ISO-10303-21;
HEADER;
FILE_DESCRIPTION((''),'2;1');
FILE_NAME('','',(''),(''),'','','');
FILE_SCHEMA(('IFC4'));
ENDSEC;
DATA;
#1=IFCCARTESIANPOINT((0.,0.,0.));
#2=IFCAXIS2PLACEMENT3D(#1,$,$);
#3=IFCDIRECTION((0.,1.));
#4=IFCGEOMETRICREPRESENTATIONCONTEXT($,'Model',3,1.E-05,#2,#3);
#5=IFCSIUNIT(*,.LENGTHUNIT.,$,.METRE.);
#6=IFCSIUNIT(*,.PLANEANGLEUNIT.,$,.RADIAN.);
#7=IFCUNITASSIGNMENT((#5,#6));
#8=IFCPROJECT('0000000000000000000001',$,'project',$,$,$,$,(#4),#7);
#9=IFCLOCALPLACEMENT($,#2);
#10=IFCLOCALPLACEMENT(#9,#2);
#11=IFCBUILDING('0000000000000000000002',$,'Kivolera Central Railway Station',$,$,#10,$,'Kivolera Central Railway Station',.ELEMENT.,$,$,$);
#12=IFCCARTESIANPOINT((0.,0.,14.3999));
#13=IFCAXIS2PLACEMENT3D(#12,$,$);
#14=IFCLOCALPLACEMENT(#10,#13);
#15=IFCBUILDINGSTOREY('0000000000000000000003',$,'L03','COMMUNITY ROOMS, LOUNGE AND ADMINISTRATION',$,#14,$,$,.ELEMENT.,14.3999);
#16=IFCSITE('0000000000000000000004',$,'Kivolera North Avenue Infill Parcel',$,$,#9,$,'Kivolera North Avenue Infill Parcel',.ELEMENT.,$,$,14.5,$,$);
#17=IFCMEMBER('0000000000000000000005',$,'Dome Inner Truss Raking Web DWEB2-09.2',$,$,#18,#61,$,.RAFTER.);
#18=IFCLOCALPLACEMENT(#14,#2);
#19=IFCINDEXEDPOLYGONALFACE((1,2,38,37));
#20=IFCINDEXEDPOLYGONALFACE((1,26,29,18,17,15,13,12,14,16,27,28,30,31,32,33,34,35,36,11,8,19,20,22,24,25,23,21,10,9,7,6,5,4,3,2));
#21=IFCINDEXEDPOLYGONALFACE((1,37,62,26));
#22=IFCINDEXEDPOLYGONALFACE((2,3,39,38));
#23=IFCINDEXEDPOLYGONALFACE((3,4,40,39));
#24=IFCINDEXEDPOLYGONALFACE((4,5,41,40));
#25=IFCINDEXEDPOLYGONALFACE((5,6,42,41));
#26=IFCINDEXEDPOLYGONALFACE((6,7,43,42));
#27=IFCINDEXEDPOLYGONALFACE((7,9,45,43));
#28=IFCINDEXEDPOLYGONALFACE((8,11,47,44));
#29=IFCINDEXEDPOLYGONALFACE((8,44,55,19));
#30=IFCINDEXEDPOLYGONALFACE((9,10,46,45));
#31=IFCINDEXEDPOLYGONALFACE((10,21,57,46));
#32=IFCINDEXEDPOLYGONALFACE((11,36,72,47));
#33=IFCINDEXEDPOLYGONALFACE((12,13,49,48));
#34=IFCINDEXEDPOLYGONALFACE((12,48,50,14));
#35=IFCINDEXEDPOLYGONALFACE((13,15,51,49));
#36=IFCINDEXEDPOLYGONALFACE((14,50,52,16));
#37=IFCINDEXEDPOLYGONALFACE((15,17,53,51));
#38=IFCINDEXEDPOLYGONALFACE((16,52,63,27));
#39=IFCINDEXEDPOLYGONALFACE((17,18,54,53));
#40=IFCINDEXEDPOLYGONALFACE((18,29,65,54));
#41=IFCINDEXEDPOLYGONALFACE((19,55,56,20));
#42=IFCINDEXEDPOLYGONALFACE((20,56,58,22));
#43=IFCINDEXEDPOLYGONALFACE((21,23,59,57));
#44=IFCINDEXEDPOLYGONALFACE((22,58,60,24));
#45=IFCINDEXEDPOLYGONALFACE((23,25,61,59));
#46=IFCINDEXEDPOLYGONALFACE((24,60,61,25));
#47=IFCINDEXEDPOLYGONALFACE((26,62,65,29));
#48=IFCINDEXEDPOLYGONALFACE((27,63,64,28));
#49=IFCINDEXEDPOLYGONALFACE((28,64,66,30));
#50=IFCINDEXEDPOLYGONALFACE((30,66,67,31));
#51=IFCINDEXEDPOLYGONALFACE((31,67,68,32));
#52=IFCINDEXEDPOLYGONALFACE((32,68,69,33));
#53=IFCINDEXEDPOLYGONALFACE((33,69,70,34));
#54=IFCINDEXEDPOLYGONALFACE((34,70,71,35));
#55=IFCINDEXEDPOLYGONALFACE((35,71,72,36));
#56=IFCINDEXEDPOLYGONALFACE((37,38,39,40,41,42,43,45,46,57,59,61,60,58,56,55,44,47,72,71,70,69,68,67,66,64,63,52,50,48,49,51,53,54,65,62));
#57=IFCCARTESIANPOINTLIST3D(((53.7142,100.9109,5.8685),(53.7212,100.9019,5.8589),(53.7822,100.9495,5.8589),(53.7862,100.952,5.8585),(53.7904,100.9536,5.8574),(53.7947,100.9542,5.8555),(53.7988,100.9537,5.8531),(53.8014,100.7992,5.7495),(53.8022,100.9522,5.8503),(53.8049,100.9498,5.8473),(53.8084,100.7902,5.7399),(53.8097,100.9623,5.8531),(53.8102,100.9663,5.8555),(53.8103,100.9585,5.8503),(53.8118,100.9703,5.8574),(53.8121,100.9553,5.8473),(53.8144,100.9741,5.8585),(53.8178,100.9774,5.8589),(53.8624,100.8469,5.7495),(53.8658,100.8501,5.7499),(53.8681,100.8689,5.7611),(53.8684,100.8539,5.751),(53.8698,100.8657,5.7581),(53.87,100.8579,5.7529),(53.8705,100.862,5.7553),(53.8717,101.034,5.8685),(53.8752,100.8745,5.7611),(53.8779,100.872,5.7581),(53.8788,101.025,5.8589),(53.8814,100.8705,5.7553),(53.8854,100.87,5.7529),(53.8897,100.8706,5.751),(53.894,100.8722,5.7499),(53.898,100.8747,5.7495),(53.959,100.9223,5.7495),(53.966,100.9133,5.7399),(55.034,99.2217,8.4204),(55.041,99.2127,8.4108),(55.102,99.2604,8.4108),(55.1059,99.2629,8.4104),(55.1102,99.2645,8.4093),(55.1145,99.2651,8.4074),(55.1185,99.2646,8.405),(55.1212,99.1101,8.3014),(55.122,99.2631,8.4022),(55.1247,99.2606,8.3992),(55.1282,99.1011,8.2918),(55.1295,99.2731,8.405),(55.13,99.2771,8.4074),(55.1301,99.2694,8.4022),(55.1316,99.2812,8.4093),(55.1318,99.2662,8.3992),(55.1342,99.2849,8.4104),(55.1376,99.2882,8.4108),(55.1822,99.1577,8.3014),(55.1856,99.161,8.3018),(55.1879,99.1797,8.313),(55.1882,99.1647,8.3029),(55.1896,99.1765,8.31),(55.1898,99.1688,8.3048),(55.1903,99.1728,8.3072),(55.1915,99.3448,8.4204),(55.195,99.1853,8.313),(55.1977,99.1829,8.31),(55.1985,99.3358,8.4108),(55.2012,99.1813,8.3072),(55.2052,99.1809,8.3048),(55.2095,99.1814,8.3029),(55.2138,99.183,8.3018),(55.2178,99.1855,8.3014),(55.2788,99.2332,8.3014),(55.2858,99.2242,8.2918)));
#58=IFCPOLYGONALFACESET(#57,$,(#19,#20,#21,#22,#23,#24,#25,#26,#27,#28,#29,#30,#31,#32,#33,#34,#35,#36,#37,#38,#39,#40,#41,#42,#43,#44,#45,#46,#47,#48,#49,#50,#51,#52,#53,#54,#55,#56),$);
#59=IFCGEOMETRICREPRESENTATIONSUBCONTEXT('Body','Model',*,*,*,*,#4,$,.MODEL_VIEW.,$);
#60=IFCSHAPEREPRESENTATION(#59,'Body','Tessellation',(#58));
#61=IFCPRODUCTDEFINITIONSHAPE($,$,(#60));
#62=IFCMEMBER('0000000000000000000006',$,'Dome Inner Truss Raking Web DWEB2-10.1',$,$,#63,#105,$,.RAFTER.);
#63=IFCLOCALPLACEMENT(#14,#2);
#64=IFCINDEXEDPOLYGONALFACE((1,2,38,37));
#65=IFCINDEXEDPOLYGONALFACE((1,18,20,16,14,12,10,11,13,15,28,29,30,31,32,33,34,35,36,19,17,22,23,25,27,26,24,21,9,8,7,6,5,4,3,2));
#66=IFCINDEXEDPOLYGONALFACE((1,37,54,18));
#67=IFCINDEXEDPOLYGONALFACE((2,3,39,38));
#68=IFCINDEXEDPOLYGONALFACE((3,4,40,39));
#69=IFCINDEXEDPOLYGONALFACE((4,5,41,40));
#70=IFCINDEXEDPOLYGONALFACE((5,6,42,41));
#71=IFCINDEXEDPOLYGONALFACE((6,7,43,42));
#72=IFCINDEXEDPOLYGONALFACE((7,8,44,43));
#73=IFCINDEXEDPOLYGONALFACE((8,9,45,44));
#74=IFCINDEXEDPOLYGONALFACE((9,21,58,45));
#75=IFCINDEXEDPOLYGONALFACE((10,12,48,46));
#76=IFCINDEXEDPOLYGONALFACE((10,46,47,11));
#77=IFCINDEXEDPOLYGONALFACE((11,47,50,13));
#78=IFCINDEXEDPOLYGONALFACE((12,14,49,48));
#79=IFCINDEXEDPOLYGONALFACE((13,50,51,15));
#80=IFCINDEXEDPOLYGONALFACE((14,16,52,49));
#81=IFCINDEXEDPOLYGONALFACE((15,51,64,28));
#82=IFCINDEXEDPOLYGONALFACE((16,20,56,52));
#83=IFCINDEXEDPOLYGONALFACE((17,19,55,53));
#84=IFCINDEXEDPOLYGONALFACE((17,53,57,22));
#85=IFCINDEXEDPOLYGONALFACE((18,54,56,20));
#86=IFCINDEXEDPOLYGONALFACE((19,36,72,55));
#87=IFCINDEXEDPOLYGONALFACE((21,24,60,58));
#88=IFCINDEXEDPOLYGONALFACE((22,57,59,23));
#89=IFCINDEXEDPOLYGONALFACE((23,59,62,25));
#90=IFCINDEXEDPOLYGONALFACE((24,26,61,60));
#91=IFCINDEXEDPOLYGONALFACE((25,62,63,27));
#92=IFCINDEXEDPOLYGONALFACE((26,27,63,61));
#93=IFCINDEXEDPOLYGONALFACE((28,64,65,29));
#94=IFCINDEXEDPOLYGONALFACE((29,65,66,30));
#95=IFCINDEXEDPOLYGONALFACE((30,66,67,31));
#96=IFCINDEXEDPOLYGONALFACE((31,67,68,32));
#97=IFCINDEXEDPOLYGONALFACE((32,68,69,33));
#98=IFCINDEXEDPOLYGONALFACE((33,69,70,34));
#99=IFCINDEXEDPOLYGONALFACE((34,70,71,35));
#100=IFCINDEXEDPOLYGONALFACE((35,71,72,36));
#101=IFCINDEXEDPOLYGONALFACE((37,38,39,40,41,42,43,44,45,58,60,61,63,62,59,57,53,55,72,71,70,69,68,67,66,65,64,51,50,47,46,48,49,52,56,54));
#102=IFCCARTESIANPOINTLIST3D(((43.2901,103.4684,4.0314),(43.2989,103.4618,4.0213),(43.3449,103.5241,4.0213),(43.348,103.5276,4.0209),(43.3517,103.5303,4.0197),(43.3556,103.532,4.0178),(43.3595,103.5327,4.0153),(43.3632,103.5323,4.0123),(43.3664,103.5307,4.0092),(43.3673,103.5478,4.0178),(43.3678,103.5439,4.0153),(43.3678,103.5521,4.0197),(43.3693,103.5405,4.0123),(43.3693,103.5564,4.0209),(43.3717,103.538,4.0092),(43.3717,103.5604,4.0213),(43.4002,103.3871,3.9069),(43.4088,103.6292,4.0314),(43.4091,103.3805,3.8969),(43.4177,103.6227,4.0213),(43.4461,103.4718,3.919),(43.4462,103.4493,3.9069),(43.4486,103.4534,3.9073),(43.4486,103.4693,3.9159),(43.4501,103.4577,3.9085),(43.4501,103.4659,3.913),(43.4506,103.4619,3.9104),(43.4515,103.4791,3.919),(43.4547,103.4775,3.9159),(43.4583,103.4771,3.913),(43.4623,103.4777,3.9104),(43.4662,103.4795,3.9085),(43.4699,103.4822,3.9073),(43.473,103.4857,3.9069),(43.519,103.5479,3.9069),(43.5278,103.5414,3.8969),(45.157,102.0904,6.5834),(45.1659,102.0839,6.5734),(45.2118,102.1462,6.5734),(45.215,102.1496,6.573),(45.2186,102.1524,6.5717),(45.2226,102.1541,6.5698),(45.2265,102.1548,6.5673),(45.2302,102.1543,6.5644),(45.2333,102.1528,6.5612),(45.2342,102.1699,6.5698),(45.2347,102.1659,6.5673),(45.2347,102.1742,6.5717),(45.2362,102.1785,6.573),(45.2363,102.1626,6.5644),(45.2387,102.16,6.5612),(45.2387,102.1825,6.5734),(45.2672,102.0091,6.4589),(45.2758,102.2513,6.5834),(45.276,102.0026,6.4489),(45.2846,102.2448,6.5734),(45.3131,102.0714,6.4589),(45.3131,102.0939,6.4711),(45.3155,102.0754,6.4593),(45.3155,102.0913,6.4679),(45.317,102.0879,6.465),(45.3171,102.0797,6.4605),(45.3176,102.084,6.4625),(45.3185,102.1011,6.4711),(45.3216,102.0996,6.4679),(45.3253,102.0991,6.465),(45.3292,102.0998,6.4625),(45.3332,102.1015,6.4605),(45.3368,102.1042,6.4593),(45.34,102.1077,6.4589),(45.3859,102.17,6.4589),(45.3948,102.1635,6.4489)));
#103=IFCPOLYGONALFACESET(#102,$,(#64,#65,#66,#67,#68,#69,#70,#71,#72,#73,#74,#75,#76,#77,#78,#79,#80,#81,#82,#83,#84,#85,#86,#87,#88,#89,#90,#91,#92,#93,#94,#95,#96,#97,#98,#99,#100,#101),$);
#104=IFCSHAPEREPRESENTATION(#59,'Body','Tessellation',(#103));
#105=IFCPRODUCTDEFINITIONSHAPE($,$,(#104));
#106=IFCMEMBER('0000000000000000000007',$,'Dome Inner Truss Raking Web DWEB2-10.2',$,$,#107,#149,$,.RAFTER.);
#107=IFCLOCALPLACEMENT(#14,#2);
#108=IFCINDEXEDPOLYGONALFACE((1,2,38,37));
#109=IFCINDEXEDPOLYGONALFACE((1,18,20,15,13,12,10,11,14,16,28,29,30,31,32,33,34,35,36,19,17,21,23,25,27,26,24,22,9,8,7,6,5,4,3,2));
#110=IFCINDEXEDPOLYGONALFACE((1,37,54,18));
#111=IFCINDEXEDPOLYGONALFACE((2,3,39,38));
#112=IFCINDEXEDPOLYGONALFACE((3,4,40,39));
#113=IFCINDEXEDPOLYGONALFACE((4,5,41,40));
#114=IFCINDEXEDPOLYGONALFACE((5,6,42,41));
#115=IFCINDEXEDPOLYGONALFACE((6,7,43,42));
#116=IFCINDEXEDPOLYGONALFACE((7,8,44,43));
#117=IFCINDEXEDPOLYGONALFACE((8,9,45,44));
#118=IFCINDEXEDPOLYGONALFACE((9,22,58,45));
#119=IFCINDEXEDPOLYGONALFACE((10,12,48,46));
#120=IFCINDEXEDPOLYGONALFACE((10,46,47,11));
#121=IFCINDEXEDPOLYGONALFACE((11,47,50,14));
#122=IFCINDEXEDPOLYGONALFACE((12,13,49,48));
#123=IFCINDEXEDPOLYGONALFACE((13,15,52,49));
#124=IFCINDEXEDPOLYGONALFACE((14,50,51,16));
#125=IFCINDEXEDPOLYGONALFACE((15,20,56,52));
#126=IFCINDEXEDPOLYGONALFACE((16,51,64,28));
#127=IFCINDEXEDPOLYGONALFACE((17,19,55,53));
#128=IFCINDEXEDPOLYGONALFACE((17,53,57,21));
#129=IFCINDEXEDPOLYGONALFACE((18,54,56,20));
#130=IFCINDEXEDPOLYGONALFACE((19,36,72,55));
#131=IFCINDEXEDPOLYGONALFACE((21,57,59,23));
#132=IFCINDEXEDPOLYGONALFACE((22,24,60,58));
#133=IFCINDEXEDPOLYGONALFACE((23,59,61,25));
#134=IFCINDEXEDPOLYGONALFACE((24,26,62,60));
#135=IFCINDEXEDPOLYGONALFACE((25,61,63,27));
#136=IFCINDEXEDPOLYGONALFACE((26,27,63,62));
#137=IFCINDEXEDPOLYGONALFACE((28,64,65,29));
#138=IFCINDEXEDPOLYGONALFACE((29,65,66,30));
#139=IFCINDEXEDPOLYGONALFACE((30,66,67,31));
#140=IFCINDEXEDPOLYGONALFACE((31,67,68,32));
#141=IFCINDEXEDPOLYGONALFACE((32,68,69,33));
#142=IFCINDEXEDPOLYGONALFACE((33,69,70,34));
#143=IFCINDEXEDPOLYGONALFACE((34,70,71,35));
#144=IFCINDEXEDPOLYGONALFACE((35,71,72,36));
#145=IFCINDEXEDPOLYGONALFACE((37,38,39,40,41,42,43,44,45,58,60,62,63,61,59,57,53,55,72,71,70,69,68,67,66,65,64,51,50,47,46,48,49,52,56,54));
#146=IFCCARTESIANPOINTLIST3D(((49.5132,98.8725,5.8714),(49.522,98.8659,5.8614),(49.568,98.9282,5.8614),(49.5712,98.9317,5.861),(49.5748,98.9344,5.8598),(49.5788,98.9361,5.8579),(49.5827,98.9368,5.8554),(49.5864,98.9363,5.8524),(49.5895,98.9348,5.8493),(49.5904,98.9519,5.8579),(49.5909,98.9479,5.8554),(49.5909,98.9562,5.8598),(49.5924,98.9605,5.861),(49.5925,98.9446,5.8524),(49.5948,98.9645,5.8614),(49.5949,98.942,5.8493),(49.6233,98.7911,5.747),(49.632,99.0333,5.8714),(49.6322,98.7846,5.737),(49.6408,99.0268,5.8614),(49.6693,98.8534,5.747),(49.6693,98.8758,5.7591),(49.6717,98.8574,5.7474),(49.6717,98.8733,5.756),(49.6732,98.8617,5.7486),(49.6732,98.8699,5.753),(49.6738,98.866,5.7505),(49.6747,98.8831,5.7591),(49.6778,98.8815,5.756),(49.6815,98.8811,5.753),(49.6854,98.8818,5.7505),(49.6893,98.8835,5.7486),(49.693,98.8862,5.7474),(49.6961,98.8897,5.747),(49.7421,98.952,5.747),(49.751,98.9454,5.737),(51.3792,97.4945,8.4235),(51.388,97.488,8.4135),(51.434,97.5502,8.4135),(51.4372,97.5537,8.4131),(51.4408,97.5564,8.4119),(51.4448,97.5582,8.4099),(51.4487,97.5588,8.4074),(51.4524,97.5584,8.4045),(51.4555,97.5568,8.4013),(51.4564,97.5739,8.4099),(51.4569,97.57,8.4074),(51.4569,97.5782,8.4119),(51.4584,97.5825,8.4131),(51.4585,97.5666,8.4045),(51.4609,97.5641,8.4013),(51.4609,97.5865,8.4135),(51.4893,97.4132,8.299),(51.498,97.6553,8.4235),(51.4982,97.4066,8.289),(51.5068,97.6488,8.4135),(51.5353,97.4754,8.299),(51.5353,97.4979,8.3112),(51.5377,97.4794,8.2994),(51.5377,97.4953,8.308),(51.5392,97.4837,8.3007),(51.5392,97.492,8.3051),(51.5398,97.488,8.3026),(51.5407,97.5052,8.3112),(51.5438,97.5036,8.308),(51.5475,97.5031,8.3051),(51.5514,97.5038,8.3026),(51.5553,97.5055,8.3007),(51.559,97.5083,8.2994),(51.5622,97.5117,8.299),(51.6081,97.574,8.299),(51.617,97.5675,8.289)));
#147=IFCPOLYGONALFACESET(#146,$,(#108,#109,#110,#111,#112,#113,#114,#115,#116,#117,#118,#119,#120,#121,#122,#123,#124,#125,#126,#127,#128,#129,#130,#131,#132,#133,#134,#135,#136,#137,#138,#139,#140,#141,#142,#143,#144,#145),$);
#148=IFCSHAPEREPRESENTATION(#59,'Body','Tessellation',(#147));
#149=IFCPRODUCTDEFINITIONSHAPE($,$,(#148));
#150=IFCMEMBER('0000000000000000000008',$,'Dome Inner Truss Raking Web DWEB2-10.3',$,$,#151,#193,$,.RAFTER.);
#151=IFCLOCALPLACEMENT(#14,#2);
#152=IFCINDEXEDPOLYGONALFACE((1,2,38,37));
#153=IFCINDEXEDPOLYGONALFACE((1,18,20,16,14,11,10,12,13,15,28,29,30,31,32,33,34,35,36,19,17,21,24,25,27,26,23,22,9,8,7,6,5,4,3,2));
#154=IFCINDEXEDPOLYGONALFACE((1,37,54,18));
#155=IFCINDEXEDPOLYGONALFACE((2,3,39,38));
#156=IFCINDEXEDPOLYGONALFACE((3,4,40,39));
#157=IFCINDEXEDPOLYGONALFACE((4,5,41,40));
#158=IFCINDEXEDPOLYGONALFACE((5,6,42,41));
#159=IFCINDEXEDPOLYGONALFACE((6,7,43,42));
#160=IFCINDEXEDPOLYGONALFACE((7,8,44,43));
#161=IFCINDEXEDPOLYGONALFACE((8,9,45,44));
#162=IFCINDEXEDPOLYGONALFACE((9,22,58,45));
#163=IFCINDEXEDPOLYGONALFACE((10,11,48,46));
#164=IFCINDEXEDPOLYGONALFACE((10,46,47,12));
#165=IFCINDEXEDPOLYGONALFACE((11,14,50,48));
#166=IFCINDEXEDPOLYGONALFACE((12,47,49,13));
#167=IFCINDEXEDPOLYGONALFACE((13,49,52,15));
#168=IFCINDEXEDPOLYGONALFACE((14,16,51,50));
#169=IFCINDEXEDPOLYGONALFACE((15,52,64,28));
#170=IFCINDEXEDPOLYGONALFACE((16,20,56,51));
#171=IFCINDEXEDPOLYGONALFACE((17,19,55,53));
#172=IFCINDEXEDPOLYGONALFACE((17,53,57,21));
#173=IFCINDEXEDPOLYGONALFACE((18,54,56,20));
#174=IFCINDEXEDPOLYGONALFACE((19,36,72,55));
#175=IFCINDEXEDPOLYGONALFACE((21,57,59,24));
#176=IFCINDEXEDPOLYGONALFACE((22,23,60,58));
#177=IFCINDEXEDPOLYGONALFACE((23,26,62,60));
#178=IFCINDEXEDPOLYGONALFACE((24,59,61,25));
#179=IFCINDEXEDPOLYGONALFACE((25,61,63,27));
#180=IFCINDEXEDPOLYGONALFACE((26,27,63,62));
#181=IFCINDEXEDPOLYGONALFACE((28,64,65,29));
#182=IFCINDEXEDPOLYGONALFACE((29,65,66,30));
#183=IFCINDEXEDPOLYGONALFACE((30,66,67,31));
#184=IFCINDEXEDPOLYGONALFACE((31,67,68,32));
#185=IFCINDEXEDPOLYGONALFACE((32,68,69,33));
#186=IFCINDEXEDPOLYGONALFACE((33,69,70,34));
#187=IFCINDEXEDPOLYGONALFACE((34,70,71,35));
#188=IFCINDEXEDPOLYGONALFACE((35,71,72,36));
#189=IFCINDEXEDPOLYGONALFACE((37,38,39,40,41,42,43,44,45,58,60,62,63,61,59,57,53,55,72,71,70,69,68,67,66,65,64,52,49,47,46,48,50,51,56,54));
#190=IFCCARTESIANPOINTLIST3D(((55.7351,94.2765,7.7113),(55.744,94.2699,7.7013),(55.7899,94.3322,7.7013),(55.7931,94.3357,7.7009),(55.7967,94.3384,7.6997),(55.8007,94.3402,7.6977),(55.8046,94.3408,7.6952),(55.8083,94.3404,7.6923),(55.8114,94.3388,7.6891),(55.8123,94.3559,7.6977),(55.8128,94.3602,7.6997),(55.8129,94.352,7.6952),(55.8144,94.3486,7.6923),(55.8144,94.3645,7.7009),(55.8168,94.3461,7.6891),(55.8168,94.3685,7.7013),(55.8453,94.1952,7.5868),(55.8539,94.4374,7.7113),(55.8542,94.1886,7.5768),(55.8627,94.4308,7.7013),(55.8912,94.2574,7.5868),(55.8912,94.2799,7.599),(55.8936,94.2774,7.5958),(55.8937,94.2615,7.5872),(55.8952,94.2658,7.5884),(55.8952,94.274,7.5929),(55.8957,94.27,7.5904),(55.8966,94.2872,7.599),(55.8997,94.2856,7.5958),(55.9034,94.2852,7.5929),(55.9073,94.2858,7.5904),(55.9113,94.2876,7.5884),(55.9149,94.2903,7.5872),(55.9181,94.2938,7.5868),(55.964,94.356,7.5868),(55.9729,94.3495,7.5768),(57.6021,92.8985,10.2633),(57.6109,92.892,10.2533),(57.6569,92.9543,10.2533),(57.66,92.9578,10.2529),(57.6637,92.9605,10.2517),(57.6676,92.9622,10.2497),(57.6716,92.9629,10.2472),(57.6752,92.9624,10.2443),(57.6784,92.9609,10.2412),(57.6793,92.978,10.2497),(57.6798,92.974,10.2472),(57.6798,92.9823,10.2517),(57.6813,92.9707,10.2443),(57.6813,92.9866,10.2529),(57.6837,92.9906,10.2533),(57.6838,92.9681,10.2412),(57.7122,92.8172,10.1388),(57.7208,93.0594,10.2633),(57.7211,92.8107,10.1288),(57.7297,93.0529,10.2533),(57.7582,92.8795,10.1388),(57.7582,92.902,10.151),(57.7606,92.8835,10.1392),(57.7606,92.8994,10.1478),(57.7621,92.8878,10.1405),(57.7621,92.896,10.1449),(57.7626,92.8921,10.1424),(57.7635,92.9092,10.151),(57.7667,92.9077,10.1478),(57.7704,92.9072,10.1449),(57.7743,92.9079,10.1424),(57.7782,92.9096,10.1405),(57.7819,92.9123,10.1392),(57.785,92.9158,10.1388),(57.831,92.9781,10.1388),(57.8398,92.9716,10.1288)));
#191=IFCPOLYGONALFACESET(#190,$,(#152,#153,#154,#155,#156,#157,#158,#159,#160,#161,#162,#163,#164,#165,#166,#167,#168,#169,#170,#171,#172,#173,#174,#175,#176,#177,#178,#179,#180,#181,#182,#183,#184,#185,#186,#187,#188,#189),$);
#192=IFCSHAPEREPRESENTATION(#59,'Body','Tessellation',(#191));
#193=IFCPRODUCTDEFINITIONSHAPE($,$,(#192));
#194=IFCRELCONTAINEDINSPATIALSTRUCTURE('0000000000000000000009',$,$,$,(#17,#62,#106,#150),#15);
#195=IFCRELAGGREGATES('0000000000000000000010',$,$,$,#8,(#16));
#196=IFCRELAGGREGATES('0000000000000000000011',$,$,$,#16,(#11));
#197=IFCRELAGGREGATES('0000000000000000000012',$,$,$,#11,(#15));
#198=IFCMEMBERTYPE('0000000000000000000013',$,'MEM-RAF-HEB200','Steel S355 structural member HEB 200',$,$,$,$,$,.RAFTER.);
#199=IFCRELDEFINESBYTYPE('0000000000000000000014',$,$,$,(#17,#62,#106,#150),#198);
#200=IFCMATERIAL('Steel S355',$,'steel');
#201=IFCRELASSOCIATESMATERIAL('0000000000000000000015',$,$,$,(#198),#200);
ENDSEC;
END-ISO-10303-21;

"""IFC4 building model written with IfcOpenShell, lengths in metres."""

from ifc_helpers import new_model, si_unit, direction, frame, origin, origin_2d, place, context, subcontext, project, spatial, i_section, extrude, material, material_profile, profile_set, type_object, element, save


model = new_model("IFC4")

# Units and contexts
model_context = context("Model", 3, precision=1e-05, world=origin(), true_north=direction((0.0, 1.0)))
body_context = subcontext(model_context, "Body", "Model", "MODEL_VIEW")
ifc_project = project(units=[si_unit("LENGTHUNIT", "METRE"), si_unit("PLANEANGLEUNIT", "RADIAN")], contexts=[model_context])

# Site, building, storey
site_placement = place(None, origin())
site = spatial("IfcSite", under=ifc_project, at=site_placement, Name="Kivolera North Avenue Infill Parcel", LongName="Kivolera North Avenue Infill Parcel", CompositionType="ELEMENT", RefElevation=14.5)
building_placement = place(site_placement, origin())
building = spatial("IfcBuilding", under=site, at=building_placement, Name="Kivolera Central Railway Station", LongName="Kivolera Central Railway Station", CompositionType="ELEMENT")
storey_placement = place(building_placement, frame((0.0, 0.0, 14.3999)))
storey = spatial("IfcBuildingStorey", under=building, at=storey_placement, Name="L03", Description="COMMUNITY ROOMS, LOUNGE AND ADMINISTRATION", CompositionType="ELEMENT", Elevation=14.3999)

# Shared definitions
ifc_material_1 = material(Name="Steel S355", Category="steel")

# Members
ifc_material_profile_1 = material_profile(ifc_material_1, i_section(OverallWidth=0.2, OverallDepth=0.2, WebThickness=0.009, FlangeThickness=0.0149, FilletRadius=0.0181, at=origin_2d()), Name="HEB 200")
ifc_profile_set_1 = profile_set([ifc_material_profile_1], Name="Steel S355")
member_type_1 = type_object("IfcMemberType", Name="MEM-RAF-HEB200", Description="Steel S355 structural member HEB 200", PredefinedType="RAFTER", material=ifc_profile_set_1)
for number, where, z_axis, x_axis, name in (
    (1, (53.8401, 100.9121, 5.8042), (0.396001, -0.506832, 0.765705), (0.787995, 0.615682, 0.0), "Dome Inner Truss Raking Web DWEB2-09.2"),
):
    element("IfcMember", number, at=place(storey_placement, frame(where, z_axis=z_axis, x_axis=x_axis)), inside=storey, type_object=member_type_1, Name=name, PredefinedType="RAFTER", context=body_context, shape_type="SweptSolid", body=[
        extrude(i_section(OverallWidth=0.2, OverallDepth=0.2, WebThickness=0.009, FlangeThickness=0.0149, FilletRadius=0.0181, at=origin_2d()), origin(), (0.0, 0.0, 1.0), 3.3328),
    ])
member_1_placement = place(storey_placement, frame((43.4089, 103.5049, 3.9641), z_axis=(0.541271, -0.399494, 0.739885), x_axis=(0.593838, 0.804585, 0.0)))
element("IfcMember", 2, at=member_1_placement, inside=storey, type_object=member_type_1, Name="Dome Inner Truss Raking Web DWEB2-10.1", PredefinedType="RAFTER", context=body_context, shape_type="SweptSolid", body=[
    extrude(i_section(OverallWidth=0.2, OverallDepth=0.2, WebThickness=0.009, FlangeThickness=0.0149, FilletRadius=0.0181, at=origin_2d()), origin(), (0.0, 0.0, 1.0), 3.4492),
])
member_2_placement = place(storey_placement, frame((49.6321, 98.9089, 5.8042), z_axis=(0.541071, -0.399555, 0.739999), x_axis=(0.594039, 0.804436, 0.0)))
element("IfcMember", 3, at=member_2_placement, inside=storey, type_object=member_type_1, Name="Dome Inner Truss Raking Web DWEB2-10.2", PredefinedType="RAFTER", context=body_context, shape_type="SweptSolid", body=[
    extrude(i_section(OverallWidth=0.2, OverallDepth=0.2, WebThickness=0.009, FlangeThickness=0.0149, FilletRadius=0.0181, at=origin_2d()), origin(), (0.0, 0.0, 1.0), 3.4487),
])
member_3_placement = place(storey_placement, frame((55.854, 94.313, 7.644), z_axis=(0.541271, -0.399494, 0.739885), x_axis=(0.593838, 0.804585, 0.0)))
element("IfcMember", 4, at=member_3_placement, inside=storey, type_object=member_type_1, Name="Dome Inner Truss Raking Web DWEB2-10.3", PredefinedType="RAFTER", context=body_context, shape_type="SweptSolid", body=[
    extrude(i_section(OverallWidth=0.2, OverallDepth=0.2, WebThickness=0.009, FlangeThickness=0.0149, FilletRadius=0.0181, at=origin_2d()), origin(), (0.0, 0.0, 1.0), 3.4492),
])

save(model, "model.ifc")
